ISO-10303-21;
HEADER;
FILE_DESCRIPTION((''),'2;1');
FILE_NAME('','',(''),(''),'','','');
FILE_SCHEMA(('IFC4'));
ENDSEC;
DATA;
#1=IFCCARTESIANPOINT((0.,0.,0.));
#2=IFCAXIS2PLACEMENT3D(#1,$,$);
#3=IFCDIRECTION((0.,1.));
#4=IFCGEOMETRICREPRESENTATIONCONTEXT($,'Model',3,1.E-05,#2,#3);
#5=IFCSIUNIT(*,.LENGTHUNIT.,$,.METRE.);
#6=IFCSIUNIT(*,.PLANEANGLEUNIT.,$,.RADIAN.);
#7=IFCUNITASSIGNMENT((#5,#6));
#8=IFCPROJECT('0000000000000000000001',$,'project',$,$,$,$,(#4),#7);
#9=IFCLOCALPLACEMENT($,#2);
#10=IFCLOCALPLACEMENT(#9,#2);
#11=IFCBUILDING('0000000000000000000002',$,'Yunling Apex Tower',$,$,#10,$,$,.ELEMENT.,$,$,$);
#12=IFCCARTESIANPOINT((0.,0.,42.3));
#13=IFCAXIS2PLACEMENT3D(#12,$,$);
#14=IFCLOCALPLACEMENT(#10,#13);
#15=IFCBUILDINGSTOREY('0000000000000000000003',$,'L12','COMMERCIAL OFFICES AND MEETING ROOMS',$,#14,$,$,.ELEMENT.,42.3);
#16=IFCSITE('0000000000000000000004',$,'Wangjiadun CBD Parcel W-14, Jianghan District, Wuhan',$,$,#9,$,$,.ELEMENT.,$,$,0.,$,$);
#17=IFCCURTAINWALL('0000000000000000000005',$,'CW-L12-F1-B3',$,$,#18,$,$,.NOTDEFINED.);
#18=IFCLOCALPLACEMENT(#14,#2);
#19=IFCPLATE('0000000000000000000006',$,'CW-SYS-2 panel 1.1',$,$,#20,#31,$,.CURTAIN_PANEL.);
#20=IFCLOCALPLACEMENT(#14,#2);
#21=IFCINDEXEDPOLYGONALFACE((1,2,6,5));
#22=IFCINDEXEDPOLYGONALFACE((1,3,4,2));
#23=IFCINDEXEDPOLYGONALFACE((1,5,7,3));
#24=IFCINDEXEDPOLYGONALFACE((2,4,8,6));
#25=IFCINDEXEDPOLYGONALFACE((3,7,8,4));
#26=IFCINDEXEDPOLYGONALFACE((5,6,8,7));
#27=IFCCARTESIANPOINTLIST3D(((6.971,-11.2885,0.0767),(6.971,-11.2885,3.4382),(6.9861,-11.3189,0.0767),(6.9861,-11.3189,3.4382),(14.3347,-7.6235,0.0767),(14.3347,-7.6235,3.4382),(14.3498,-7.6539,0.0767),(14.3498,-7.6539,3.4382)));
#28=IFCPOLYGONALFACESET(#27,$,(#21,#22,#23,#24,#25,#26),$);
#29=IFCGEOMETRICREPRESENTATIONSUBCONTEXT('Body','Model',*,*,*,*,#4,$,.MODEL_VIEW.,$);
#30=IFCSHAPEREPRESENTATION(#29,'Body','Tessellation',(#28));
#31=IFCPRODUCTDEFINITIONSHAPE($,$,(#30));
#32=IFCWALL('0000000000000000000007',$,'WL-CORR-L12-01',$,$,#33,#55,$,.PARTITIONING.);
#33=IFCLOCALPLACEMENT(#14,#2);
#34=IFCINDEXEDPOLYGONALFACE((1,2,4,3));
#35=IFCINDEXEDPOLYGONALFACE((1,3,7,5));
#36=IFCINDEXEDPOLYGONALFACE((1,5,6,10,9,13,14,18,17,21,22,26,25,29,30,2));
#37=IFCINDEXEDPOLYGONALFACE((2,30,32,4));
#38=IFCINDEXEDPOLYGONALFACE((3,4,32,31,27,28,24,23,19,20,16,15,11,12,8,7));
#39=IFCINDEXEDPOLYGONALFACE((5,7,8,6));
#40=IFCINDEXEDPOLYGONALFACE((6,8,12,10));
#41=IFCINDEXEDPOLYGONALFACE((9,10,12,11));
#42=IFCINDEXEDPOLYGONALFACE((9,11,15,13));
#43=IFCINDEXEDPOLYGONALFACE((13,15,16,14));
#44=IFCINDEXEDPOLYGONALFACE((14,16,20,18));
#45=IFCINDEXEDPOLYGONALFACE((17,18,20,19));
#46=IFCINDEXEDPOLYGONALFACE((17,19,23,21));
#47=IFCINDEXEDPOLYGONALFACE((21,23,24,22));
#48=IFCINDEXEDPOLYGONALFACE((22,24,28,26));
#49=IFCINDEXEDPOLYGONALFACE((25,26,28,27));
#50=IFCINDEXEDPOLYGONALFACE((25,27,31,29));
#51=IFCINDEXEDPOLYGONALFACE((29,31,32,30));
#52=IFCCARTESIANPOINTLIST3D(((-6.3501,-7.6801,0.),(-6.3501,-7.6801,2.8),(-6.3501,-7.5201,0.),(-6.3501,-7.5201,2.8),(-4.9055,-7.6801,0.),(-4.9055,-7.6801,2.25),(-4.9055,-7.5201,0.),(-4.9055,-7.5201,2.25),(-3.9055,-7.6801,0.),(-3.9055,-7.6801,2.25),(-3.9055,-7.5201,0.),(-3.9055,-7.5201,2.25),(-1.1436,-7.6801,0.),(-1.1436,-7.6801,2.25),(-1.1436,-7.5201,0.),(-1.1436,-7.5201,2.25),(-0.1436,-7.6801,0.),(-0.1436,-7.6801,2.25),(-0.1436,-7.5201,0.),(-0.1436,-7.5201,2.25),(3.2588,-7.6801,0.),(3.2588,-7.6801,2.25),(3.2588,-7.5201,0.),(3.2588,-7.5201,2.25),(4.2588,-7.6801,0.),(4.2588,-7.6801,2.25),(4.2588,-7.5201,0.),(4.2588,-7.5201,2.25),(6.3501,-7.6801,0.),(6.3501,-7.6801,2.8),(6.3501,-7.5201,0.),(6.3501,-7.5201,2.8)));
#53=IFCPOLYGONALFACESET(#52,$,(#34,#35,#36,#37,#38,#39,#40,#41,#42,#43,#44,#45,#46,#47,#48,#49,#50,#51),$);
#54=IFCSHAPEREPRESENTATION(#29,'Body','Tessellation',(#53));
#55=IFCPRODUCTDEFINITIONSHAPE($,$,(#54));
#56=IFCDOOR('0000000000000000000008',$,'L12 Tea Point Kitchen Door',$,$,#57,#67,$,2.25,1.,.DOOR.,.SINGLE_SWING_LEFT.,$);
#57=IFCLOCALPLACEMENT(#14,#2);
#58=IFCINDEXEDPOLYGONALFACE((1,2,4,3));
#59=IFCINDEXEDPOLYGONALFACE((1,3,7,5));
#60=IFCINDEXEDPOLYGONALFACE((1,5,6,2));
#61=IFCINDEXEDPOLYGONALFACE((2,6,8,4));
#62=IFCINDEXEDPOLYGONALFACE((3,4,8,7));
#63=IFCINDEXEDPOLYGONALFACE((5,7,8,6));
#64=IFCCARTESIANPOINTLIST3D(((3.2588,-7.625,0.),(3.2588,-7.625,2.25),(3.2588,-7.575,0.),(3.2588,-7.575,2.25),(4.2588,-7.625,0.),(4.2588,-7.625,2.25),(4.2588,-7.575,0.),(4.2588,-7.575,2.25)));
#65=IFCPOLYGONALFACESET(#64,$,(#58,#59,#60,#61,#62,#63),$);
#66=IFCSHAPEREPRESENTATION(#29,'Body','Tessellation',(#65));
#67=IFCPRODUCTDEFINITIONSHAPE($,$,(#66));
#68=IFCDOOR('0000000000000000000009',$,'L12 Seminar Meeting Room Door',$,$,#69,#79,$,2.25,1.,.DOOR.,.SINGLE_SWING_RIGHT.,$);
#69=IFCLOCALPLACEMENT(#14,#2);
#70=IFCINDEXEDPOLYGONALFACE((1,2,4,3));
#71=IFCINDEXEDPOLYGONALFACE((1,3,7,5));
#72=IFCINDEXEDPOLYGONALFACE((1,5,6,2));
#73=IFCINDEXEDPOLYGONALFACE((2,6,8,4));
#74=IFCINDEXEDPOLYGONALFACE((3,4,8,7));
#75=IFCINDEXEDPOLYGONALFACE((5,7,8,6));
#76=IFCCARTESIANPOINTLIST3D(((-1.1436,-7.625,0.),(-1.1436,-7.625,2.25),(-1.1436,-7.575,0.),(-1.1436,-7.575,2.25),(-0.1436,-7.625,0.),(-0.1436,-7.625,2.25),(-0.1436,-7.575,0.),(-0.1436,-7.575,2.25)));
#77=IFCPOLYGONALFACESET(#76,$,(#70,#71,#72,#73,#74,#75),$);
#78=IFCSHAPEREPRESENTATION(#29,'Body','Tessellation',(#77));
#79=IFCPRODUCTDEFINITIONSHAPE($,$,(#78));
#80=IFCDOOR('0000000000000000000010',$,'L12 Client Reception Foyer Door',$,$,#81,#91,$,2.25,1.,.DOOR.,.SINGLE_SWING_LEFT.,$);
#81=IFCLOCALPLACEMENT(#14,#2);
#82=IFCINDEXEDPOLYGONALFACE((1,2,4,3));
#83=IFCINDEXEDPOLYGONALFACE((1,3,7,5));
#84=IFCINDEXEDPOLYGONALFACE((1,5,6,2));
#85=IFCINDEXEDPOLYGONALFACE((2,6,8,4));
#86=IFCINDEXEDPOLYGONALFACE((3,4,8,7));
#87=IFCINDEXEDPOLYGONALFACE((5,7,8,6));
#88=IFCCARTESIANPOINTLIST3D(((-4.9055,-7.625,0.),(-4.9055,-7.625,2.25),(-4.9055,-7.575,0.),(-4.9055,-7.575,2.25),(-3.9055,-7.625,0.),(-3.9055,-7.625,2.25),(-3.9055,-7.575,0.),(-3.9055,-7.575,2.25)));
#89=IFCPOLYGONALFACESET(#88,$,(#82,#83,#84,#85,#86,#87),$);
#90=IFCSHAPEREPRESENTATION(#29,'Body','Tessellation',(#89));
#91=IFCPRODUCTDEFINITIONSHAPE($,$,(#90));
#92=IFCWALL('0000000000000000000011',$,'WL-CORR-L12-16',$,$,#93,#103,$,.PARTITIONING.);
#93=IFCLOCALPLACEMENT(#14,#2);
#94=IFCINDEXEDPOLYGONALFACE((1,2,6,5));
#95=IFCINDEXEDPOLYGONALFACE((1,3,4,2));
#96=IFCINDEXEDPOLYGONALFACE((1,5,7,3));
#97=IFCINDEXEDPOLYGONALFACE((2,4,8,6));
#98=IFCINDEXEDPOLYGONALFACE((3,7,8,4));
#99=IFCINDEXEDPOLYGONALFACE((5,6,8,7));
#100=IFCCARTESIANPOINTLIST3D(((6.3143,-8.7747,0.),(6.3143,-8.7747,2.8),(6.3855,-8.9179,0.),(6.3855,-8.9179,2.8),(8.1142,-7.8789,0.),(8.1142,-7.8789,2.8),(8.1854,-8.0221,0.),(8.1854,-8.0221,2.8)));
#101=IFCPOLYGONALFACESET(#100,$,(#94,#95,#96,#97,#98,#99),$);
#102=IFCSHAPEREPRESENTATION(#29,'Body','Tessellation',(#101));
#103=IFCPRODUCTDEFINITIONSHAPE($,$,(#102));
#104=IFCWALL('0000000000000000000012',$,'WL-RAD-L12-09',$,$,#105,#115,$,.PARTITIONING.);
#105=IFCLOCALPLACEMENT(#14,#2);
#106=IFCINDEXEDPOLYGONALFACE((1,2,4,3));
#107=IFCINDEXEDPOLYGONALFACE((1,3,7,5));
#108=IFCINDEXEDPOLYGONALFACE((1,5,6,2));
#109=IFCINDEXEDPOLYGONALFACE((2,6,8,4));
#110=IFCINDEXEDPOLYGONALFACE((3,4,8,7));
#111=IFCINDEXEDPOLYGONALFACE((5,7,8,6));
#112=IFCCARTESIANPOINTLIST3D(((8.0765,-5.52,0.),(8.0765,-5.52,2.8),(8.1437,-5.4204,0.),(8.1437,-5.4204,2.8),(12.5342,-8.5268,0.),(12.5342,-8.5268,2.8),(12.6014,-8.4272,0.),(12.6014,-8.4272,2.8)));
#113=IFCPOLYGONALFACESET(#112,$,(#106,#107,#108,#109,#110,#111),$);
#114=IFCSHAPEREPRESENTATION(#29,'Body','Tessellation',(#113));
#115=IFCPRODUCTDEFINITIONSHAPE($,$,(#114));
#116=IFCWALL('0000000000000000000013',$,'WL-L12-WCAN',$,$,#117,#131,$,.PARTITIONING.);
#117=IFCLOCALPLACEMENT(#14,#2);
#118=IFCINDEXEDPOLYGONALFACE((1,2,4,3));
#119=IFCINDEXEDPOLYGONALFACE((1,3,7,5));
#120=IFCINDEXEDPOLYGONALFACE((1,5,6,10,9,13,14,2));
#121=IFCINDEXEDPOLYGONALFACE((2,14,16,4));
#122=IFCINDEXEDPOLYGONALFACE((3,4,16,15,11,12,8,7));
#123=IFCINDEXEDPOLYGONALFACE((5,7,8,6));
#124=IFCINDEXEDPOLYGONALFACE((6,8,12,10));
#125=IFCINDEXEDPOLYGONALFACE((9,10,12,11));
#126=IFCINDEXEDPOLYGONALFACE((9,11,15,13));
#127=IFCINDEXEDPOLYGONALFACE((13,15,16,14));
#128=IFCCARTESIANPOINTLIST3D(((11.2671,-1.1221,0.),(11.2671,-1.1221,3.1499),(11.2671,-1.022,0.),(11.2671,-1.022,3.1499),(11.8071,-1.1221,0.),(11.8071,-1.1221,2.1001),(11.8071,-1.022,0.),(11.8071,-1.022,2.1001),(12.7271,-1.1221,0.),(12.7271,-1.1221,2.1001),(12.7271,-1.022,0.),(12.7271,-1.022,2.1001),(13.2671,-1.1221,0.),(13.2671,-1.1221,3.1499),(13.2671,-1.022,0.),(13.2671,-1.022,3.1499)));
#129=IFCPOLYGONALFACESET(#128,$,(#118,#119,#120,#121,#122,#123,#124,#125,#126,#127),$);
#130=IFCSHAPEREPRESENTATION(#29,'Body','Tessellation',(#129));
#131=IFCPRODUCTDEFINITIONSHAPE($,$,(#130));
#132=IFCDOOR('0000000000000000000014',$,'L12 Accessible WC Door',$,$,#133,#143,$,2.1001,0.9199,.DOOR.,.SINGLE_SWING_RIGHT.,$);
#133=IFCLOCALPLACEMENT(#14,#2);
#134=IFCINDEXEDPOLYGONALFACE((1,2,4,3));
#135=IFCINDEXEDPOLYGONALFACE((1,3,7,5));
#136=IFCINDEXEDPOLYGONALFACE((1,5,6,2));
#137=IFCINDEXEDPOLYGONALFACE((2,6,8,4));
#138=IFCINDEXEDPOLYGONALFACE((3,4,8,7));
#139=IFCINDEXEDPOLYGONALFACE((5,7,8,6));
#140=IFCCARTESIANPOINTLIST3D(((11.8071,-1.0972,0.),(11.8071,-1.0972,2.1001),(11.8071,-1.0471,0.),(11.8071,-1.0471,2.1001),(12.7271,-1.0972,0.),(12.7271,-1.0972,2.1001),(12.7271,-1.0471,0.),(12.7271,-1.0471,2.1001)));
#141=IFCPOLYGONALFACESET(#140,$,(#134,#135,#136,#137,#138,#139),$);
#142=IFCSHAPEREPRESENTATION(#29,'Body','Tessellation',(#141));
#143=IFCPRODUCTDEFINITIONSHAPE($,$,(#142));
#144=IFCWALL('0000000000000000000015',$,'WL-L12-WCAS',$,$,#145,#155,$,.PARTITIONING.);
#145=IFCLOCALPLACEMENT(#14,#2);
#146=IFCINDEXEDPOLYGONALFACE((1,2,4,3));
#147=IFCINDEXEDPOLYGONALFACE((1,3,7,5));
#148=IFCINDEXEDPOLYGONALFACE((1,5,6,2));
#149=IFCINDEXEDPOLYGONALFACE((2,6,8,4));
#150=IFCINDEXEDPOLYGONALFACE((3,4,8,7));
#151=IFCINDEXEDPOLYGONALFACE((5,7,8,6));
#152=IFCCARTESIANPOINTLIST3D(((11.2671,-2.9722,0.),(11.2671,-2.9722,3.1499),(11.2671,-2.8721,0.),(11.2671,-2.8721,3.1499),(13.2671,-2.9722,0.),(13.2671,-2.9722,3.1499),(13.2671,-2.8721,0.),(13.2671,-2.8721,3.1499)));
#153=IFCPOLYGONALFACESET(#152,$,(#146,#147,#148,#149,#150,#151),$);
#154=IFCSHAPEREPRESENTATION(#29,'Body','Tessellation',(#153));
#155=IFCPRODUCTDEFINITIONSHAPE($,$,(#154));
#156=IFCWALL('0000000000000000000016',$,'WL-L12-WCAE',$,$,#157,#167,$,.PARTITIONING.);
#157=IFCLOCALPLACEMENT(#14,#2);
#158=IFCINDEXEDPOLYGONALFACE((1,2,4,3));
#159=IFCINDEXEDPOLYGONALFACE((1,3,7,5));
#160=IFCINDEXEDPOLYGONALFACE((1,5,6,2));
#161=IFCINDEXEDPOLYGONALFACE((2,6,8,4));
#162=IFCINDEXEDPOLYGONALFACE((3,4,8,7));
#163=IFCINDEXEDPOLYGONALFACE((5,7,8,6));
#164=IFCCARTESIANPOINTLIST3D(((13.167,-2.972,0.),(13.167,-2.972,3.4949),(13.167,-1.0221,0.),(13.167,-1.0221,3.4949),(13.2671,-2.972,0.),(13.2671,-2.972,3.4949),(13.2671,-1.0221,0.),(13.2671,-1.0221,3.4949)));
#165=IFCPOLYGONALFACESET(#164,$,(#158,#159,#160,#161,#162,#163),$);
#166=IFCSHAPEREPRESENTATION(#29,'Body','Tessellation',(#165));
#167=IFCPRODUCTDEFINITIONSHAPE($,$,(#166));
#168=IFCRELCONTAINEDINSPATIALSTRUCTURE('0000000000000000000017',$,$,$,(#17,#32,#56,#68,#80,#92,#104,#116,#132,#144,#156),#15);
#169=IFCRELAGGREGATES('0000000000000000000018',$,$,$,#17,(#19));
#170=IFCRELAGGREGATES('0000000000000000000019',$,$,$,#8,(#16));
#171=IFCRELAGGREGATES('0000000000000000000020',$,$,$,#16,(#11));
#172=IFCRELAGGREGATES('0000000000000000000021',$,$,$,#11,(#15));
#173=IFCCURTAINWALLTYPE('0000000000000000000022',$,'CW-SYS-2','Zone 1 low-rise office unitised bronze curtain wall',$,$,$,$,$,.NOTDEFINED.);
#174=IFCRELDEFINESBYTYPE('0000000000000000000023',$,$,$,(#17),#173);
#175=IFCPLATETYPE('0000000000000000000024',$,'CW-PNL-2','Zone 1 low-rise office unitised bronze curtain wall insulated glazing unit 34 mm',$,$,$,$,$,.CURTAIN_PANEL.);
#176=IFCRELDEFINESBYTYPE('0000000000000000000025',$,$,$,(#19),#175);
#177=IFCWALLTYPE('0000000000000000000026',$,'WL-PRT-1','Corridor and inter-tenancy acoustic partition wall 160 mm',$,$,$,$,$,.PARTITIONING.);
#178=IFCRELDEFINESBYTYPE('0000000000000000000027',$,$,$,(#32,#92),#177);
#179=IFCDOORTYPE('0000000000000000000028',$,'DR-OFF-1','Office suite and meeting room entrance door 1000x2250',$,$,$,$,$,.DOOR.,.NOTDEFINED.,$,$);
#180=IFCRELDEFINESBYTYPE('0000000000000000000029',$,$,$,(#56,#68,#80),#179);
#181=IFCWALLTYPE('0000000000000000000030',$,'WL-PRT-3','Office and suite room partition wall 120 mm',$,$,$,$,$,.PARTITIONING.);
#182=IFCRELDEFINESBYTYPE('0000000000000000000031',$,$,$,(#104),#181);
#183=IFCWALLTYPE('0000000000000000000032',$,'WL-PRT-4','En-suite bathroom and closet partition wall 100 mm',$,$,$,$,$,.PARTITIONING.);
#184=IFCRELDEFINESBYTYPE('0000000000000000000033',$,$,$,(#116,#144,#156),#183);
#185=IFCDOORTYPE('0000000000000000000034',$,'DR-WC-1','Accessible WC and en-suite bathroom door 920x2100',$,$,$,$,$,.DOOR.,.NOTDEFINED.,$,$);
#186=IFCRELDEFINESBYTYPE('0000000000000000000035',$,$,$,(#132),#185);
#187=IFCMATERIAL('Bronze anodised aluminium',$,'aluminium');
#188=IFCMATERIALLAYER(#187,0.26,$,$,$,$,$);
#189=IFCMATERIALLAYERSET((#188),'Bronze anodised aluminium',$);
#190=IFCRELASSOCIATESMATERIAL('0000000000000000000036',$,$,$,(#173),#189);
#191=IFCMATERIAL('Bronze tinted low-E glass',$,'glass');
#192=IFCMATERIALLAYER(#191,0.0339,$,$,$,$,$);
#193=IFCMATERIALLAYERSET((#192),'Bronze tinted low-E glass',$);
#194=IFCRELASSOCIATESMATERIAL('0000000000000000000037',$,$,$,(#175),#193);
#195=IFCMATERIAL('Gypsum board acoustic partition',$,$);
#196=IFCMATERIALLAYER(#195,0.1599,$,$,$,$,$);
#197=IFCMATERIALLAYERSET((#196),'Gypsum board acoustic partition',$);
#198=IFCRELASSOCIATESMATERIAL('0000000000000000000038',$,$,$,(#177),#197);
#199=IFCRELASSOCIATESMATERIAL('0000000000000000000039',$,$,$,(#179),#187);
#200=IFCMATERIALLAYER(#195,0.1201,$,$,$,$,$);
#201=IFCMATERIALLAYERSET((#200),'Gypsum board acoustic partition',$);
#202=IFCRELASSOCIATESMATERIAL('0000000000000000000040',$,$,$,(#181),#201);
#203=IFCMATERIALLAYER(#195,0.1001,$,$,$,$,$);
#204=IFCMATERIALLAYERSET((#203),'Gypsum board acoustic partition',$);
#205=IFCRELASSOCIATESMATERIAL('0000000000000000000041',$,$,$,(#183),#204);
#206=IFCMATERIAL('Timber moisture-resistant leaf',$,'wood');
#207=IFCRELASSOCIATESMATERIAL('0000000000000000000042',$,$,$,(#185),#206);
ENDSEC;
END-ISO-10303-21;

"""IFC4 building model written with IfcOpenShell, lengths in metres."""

from ifc_helpers import new_model, si_unit, direction, frame, frame_2d, origin, origin_2d, place, context, subcontext, project, spatial, rectangle, extrude, source, transform, mapped, material, layer, layer_set, type_object, element, fill, aggregate, save


model = new_model("IFC4")

# Units and contexts
model_context = context("Model", 3, precision=1e-05, world=origin(), true_north=direction((0.0, 1.0)))
body_context = subcontext(model_context, "Body", "Model", "MODEL_VIEW")
ifc_project = project(units=[si_unit("LENGTHUNIT", "METRE"), si_unit("PLANEANGLEUNIT", "RADIAN")], contexts=[model_context])

# Site, building, storey
site_placement = place(None, origin())
site = spatial("IfcSite", under=ifc_project, at=site_placement, Name="Wangjiadun CBD Parcel W-14, Jianghan District, Wuhan", CompositionType="ELEMENT", RefElevation=0.0)
building_placement = place(site_placement, origin())
building = spatial("IfcBuilding", under=site, at=building_placement, Name="Yunling Apex Tower", CompositionType="ELEMENT")
storey_placement = place(building_placement, frame((0.0, 0.0, 42.3)))
storey = spatial("IfcBuildingStorey", under=building, at=storey_placement, Name="L12", Description="COMMERCIAL OFFICES AND MEETING ROOMS", CompositionType="ELEMENT", Elevation=42.3)

# Curtain wall, plate
ifc_material_1 = material(Name="Bronze anodised aluminium", Category="aluminium")
ifc_layer_1 = layer(ifc_material_1, 0.26)
ifc_layer_set_1 = layer_set([ifc_layer_1], Name="Bronze anodised aluminium")
curtain_wall_type = type_object("IfcCurtainWallType", Name="CW-SYS-2", Description="Zone 1 low-rise office unitised bronze curtain wall", PredefinedType="NOTDEFINED", material=ifc_layer_set_1)
curtain_wall_placement = place(storey_placement, origin())
curtain_wall = element("IfcCurtainWall", 1, at=curtain_wall_placement, inside=storey, type_object=curtain_wall_type, Name="CW-L12-F1-B3", PredefinedType="NOTDEFINED")
ifc_material_2 = material(Name="Bronze tinted low-E glass", Category="glass")
ifc_layer_2 = layer(ifc_material_2, 0.0339)
ifc_layer_set_2 = layer_set([ifc_layer_2], Name="Bronze tinted low-E glass")
plate_type = type_object("IfcPlateType", Name="CW-PNL-2", Description="Zone 1 low-rise office unitised bronze curtain wall insulated glazing unit 34 mm", PredefinedType="CURTAIN_PANEL", material=ifc_layer_set_2)
shared_shape_1 = source(origin(), body_context, "Body", "SweptSolid", [
    extrude(rectangle(XDim=8.2253, YDim=0.0339, at=origin_2d()), origin(), (0.0, 0.0, 1.0), 3.3616),
])
plate_placement = place(storey_placement, frame((10.6604, -9.4712, 0.0767), z_axis=(0.0, 0.0, 1.0), x_axis=(0.895247, 0.445571, 0.0)))
plate = element("IfcPlate", 2, at=plate_placement, type_object=plate_type, Name="CW-SYS-2 panel 1.1", PredefinedType="CURTAIN_PANEL", context=body_context, shape_type="MappedRepresentation", body=[
    mapped(shared_shape_1, transform((0.0, 0.0, 0.0), scale=1.0)),
])
aggregate(curtain_wall, [plate])

# Wall, openings, doors
ifc_material_3 = material(Name="Gypsum board acoustic partition")
ifc_layer_3 = layer(ifc_material_3, 0.1599)
ifc_layer_set_3 = layer_set([ifc_layer_3], Name="Gypsum board acoustic partition")
wall_type_1 = type_object("IfcWallType", Name="WL-PRT-1", Description="Corridor and inter-tenancy acoustic partition wall 160 mm", PredefinedType="PARTITIONING", material=ifc_layer_set_3)
wall_1_placement = place(storey_placement, frame((6.3501, -7.6001, 0.0), z_axis=(0.0, 0.0, 1.0), x_axis=(-1.0, 0.0, 0.0)))
wall_1 = element("IfcWall", 3, at=wall_1_placement, inside=storey, type_object=wall_type_1, Name="WL-CORR-L12-01", PredefinedType="PARTITIONING", context=body_context, shape_type="SweptSolid", body=[
    extrude(rectangle(XDim=12.7002, YDim=0.1599, at=frame_2d((6.3501, 0.0))), origin(), (0.0, 0.0, 1.0), 2.8),
])
opening_1_placement = place(wall_1_placement, frame((2.0913, 0.0, 0.0)))
opening_1 = element("IfcOpeningElement", 4, at=opening_1_placement, cuts=wall_1, PredefinedType="OPENING", context=body_context, shape_type="SweptSolid", body=[
    extrude(rectangle(XDim=1.0, YDim=2.25, at=frame_2d((0.5, 1.125))), frame((0.0, 0.0898, 0.0), z_axis=(0.0, -1.0, 0.0), x_axis=(1.0, 0.0, 0.0)), (0.0, 0.0, 1.0), 0.1799),
])
opening_2_placement = place(wall_1_placement, frame((6.4937, 0.0, 0.0)))
opening_2 = element("IfcOpeningElement", 5, at=opening_2_placement, cuts=wall_1, PredefinedType="OPENING", context=body_context, shape_type="SweptSolid", body=[
    extrude(rectangle(XDim=1.0, YDim=2.25, at=frame_2d((0.5, 1.125))), frame((0.0, 0.0898, 0.0), z_axis=(0.0, -1.0, 0.0), x_axis=(1.0, 0.0, 0.0)), (0.0, 0.0, 1.0), 0.1799),
])
opening_3_placement = place(wall_1_placement, frame((10.2556, 0.0, 0.0)))
opening_3 = element("IfcOpeningElement", 6, at=opening_3_placement, cuts=wall_1, PredefinedType="OPENING", context=body_context, shape_type="SweptSolid", body=[
    extrude(rectangle(XDim=1.0, YDim=2.25, at=frame_2d((0.5, 1.125))), frame((0.0, 0.0898, 0.0), z_axis=(0.0, -1.0, 0.0), x_axis=(1.0, 0.0, 0.0)), (0.0, 0.0, 1.0), 0.1799),
])
door_type_1 = type_object("IfcDoorType", Name="DR-OFF-1", Description="Office suite and meeting room entrance door 1000x2250", OperationType="NOTDEFINED", PredefinedType="DOOR", material=ifc_material_1)
door_1_placement = place(opening_1_placement, origin())
door_1 = element("IfcDoor", 7, at=door_1_placement, inside=storey, type_object=door_type_1, Name="L12 Tea Point Kitchen Door", OperationType="SINGLE_SWING_LEFT", OverallHeight=2.25, OverallWidth=1.0, PredefinedType="DOOR", context=body_context, shape_type="SweptSolid", body=[
    extrude(rectangle(XDim=1.0, YDim=2.25, at=frame_2d((0.5, 1.125))), frame((0.0, 0.0249, 0.0), z_axis=(0.0, -1.0, 0.0), x_axis=(1.0, 0.0, 0.0)), (0.0, 0.0, 1.0), 0.05),
])
fill(opening_1, door_1)
door_2_placement = place(opening_2_placement, origin())
door_2 = element("IfcDoor", 8, at=door_2_placement, inside=storey, type_object=door_type_1, Name="L12 Seminar Meeting Room Door", OperationType="SINGLE_SWING_RIGHT", OverallHeight=2.25, OverallWidth=1.0, PredefinedType="DOOR", context=body_context, shape_type="SweptSolid", body=[
    extrude(rectangle(XDim=1.0, YDim=2.25, at=frame_2d((0.5, 1.125))), frame((0.0, 0.0249, 0.0), z_axis=(0.0, -1.0, 0.0), x_axis=(1.0, 0.0, 0.0)), (0.0, 0.0, 1.0), 0.05),
])
fill(opening_2, door_2)
door_3_placement = place(opening_3_placement, origin())
door_3 = element("IfcDoor", 9, at=door_3_placement, inside=storey, type_object=door_type_1, Name="L12 Client Reception Foyer Door", OperationType="SINGLE_SWING_LEFT", OverallHeight=2.25, OverallWidth=1.0, PredefinedType="DOOR", context=body_context, shape_type="SweptSolid", body=[
    extrude(rectangle(XDim=1.0, YDim=2.25, at=frame_2d((0.5, 1.125))), frame((0.0, 0.0249, 0.0), z_axis=(0.0, -1.0, 0.0), x_axis=(1.0, 0.0, 0.0)), (0.0, 0.0, 1.0), 0.05),
])
fill(opening_3, door_3)

# Walls
wall_2_placement = place(storey_placement, frame((8.1499, -7.9504, 0.0), z_axis=(0.0, 0.0, 1.0), x_axis=(-0.895251, -0.445561, 0.0)))
element("IfcWall", 10, at=wall_2_placement, inside=storey, type_object=wall_type_1, Name="WL-CORR-L12-16", PredefinedType="PARTITIONING", context=body_context, shape_type="SweptSolid", body=[
    extrude(rectangle(XDim=2.0105, YDim=0.1599, at=frame_2d((1.0054, 0.0))), origin(), (0.0, 0.0, 1.0), 2.8),
])
ifc_layer_4 = layer(ifc_material_3, 0.1201)
ifc_layer_set_4 = layer_set([ifc_layer_4], Name="Gypsum board acoustic partition")
wall_type_2 = type_object("IfcWallType", Name="WL-PRT-3", Description="Office and suite room partition wall 120 mm", PredefinedType="PARTITIONING", material=ifc_layer_set_4)
wall_3_placement = place(storey_placement, frame((8.1101, -5.4702, 0.0), z_axis=(0.0, 0.0, 1.0), x_axis=(0.829034, -0.559198, 0.0)))
element("IfcWall", 11, at=wall_3_placement, inside=storey, type_object=wall_type_2, Name="WL-RAD-L12-09", PredefinedType="PARTITIONING", context=body_context, shape_type="SweptSolid", body=[
    extrude(rectangle(XDim=5.377, YDim=0.1201, at=frame_2d((2.6885, 0.0))), origin(), (0.0, 0.0, 1.0), 2.8),
])

# Wall, opening, door
ifc_layer_5 = layer(ifc_material_3, 0.1001)
ifc_layer_set_5 = layer_set([ifc_layer_5], Name="Gypsum board acoustic partition")
wall_type_3 = type_object("IfcWallType", Name="WL-PRT-4", Description="En-suite bathroom and closet partition wall 100 mm", PredefinedType="PARTITIONING", material=ifc_layer_set_5)
wall_4_placement = place(storey_placement, frame((11.2671, -1.072, 0.0), z_axis=(0.0, 0.0, 1.0), x_axis=(1.0, 0.0, 0.0)))
wall_4 = element("IfcWall", 12, at=wall_4_placement, inside=storey, type_object=wall_type_3, Name="WL-L12-WCAN", PredefinedType="PARTITIONING", context=body_context, shape_type="SweptSolid", body=[
    extrude(rectangle(XDim=2.0, YDim=0.1001, at=frame_2d((1.0, 0.0))), origin(), (0.0, 0.0, 1.0), 3.1499),
])
opening_4_placement = place(wall_4_placement, frame((0.54, 0.0, 0.0)))
opening_4 = element("IfcOpeningElement", 13, at=opening_4_placement, cuts=wall_4, PredefinedType="OPENING", context=body_context, shape_type="SweptSolid", body=[
    extrude(rectangle(XDim=0.9199, YDim=2.1001, at=frame_2d((0.46, 1.05))), frame((0.0, 0.0601, 0.0), z_axis=(0.0, -1.0, 0.0), x_axis=(1.0, 0.0, 0.0)), (0.0, 0.0, 1.0), 0.1201),
])
ifc_material_4 = material(Name="Timber moisture-resistant leaf", Category="wood")
door_type_2 = type_object("IfcDoorType", Name="DR-WC-1", Description="Accessible WC and en-suite bathroom door 920x2100", OperationType="NOTDEFINED", PredefinedType="DOOR", material=ifc_material_4)
door_4_placement = place(opening_4_placement, origin())
door_4 = element("IfcDoor", 14, at=door_4_placement, inside=storey, type_object=door_type_2, Name="L12 Accessible WC Door", OperationType="SINGLE_SWING_RIGHT", OverallHeight=2.1001, OverallWidth=0.9199, PredefinedType="DOOR", context=body_context, shape_type="SweptSolid", body=[
    extrude(rectangle(XDim=0.9199, YDim=2.1001, at=frame_2d((0.46, 1.05))), frame((0.0, 0.0249, 0.0), z_axis=(0.0, -1.0, 0.0), x_axis=(1.0, 0.0, 0.0)), (0.0, 0.0, 1.0), 0.05),
])
fill(opening_4, door_4)

# Walls
wall_5_placement = place(storey_placement, frame((13.2671, -2.9221, 0.0), z_axis=(0.0, 0.0, 1.0), x_axis=(-1.0, 0.0, 0.0)))
element("IfcWall", 15, at=wall_5_placement, inside=storey, type_object=wall_type_3, Name="WL-L12-WCAS", PredefinedType="PARTITIONING", context=body_context, shape_type="SweptSolid", body=[
    extrude(rectangle(XDim=2.0, YDim=0.1001, at=frame_2d((1.0, 0.0))), origin(), (0.0, 0.0, 1.0), 3.1499),
])
for number, where, z_axis, x_axis, name in (
    (16, (13.217, -1.022, 0.0), (0.0, 0.0, 1.0), (0.0, -1.0, 0.0), "WL-L12-WCAE"),
):
    element("IfcWall", number, at=place(storey_placement, frame(where, z_axis=z_axis, x_axis=x_axis)), inside=storey, type_object=wall_type_3, Name=name, PredefinedType="PARTITIONING", context=body_context, shape_type="SweptSolid", body=[
        extrude(rectangle(XDim=1.95, YDim=0.1001, at=frame_2d((0.9751, 0.0))), origin(), (0.0, 0.0, 1.0), 3.4949),
    ])

save(model, "model.ifc")
